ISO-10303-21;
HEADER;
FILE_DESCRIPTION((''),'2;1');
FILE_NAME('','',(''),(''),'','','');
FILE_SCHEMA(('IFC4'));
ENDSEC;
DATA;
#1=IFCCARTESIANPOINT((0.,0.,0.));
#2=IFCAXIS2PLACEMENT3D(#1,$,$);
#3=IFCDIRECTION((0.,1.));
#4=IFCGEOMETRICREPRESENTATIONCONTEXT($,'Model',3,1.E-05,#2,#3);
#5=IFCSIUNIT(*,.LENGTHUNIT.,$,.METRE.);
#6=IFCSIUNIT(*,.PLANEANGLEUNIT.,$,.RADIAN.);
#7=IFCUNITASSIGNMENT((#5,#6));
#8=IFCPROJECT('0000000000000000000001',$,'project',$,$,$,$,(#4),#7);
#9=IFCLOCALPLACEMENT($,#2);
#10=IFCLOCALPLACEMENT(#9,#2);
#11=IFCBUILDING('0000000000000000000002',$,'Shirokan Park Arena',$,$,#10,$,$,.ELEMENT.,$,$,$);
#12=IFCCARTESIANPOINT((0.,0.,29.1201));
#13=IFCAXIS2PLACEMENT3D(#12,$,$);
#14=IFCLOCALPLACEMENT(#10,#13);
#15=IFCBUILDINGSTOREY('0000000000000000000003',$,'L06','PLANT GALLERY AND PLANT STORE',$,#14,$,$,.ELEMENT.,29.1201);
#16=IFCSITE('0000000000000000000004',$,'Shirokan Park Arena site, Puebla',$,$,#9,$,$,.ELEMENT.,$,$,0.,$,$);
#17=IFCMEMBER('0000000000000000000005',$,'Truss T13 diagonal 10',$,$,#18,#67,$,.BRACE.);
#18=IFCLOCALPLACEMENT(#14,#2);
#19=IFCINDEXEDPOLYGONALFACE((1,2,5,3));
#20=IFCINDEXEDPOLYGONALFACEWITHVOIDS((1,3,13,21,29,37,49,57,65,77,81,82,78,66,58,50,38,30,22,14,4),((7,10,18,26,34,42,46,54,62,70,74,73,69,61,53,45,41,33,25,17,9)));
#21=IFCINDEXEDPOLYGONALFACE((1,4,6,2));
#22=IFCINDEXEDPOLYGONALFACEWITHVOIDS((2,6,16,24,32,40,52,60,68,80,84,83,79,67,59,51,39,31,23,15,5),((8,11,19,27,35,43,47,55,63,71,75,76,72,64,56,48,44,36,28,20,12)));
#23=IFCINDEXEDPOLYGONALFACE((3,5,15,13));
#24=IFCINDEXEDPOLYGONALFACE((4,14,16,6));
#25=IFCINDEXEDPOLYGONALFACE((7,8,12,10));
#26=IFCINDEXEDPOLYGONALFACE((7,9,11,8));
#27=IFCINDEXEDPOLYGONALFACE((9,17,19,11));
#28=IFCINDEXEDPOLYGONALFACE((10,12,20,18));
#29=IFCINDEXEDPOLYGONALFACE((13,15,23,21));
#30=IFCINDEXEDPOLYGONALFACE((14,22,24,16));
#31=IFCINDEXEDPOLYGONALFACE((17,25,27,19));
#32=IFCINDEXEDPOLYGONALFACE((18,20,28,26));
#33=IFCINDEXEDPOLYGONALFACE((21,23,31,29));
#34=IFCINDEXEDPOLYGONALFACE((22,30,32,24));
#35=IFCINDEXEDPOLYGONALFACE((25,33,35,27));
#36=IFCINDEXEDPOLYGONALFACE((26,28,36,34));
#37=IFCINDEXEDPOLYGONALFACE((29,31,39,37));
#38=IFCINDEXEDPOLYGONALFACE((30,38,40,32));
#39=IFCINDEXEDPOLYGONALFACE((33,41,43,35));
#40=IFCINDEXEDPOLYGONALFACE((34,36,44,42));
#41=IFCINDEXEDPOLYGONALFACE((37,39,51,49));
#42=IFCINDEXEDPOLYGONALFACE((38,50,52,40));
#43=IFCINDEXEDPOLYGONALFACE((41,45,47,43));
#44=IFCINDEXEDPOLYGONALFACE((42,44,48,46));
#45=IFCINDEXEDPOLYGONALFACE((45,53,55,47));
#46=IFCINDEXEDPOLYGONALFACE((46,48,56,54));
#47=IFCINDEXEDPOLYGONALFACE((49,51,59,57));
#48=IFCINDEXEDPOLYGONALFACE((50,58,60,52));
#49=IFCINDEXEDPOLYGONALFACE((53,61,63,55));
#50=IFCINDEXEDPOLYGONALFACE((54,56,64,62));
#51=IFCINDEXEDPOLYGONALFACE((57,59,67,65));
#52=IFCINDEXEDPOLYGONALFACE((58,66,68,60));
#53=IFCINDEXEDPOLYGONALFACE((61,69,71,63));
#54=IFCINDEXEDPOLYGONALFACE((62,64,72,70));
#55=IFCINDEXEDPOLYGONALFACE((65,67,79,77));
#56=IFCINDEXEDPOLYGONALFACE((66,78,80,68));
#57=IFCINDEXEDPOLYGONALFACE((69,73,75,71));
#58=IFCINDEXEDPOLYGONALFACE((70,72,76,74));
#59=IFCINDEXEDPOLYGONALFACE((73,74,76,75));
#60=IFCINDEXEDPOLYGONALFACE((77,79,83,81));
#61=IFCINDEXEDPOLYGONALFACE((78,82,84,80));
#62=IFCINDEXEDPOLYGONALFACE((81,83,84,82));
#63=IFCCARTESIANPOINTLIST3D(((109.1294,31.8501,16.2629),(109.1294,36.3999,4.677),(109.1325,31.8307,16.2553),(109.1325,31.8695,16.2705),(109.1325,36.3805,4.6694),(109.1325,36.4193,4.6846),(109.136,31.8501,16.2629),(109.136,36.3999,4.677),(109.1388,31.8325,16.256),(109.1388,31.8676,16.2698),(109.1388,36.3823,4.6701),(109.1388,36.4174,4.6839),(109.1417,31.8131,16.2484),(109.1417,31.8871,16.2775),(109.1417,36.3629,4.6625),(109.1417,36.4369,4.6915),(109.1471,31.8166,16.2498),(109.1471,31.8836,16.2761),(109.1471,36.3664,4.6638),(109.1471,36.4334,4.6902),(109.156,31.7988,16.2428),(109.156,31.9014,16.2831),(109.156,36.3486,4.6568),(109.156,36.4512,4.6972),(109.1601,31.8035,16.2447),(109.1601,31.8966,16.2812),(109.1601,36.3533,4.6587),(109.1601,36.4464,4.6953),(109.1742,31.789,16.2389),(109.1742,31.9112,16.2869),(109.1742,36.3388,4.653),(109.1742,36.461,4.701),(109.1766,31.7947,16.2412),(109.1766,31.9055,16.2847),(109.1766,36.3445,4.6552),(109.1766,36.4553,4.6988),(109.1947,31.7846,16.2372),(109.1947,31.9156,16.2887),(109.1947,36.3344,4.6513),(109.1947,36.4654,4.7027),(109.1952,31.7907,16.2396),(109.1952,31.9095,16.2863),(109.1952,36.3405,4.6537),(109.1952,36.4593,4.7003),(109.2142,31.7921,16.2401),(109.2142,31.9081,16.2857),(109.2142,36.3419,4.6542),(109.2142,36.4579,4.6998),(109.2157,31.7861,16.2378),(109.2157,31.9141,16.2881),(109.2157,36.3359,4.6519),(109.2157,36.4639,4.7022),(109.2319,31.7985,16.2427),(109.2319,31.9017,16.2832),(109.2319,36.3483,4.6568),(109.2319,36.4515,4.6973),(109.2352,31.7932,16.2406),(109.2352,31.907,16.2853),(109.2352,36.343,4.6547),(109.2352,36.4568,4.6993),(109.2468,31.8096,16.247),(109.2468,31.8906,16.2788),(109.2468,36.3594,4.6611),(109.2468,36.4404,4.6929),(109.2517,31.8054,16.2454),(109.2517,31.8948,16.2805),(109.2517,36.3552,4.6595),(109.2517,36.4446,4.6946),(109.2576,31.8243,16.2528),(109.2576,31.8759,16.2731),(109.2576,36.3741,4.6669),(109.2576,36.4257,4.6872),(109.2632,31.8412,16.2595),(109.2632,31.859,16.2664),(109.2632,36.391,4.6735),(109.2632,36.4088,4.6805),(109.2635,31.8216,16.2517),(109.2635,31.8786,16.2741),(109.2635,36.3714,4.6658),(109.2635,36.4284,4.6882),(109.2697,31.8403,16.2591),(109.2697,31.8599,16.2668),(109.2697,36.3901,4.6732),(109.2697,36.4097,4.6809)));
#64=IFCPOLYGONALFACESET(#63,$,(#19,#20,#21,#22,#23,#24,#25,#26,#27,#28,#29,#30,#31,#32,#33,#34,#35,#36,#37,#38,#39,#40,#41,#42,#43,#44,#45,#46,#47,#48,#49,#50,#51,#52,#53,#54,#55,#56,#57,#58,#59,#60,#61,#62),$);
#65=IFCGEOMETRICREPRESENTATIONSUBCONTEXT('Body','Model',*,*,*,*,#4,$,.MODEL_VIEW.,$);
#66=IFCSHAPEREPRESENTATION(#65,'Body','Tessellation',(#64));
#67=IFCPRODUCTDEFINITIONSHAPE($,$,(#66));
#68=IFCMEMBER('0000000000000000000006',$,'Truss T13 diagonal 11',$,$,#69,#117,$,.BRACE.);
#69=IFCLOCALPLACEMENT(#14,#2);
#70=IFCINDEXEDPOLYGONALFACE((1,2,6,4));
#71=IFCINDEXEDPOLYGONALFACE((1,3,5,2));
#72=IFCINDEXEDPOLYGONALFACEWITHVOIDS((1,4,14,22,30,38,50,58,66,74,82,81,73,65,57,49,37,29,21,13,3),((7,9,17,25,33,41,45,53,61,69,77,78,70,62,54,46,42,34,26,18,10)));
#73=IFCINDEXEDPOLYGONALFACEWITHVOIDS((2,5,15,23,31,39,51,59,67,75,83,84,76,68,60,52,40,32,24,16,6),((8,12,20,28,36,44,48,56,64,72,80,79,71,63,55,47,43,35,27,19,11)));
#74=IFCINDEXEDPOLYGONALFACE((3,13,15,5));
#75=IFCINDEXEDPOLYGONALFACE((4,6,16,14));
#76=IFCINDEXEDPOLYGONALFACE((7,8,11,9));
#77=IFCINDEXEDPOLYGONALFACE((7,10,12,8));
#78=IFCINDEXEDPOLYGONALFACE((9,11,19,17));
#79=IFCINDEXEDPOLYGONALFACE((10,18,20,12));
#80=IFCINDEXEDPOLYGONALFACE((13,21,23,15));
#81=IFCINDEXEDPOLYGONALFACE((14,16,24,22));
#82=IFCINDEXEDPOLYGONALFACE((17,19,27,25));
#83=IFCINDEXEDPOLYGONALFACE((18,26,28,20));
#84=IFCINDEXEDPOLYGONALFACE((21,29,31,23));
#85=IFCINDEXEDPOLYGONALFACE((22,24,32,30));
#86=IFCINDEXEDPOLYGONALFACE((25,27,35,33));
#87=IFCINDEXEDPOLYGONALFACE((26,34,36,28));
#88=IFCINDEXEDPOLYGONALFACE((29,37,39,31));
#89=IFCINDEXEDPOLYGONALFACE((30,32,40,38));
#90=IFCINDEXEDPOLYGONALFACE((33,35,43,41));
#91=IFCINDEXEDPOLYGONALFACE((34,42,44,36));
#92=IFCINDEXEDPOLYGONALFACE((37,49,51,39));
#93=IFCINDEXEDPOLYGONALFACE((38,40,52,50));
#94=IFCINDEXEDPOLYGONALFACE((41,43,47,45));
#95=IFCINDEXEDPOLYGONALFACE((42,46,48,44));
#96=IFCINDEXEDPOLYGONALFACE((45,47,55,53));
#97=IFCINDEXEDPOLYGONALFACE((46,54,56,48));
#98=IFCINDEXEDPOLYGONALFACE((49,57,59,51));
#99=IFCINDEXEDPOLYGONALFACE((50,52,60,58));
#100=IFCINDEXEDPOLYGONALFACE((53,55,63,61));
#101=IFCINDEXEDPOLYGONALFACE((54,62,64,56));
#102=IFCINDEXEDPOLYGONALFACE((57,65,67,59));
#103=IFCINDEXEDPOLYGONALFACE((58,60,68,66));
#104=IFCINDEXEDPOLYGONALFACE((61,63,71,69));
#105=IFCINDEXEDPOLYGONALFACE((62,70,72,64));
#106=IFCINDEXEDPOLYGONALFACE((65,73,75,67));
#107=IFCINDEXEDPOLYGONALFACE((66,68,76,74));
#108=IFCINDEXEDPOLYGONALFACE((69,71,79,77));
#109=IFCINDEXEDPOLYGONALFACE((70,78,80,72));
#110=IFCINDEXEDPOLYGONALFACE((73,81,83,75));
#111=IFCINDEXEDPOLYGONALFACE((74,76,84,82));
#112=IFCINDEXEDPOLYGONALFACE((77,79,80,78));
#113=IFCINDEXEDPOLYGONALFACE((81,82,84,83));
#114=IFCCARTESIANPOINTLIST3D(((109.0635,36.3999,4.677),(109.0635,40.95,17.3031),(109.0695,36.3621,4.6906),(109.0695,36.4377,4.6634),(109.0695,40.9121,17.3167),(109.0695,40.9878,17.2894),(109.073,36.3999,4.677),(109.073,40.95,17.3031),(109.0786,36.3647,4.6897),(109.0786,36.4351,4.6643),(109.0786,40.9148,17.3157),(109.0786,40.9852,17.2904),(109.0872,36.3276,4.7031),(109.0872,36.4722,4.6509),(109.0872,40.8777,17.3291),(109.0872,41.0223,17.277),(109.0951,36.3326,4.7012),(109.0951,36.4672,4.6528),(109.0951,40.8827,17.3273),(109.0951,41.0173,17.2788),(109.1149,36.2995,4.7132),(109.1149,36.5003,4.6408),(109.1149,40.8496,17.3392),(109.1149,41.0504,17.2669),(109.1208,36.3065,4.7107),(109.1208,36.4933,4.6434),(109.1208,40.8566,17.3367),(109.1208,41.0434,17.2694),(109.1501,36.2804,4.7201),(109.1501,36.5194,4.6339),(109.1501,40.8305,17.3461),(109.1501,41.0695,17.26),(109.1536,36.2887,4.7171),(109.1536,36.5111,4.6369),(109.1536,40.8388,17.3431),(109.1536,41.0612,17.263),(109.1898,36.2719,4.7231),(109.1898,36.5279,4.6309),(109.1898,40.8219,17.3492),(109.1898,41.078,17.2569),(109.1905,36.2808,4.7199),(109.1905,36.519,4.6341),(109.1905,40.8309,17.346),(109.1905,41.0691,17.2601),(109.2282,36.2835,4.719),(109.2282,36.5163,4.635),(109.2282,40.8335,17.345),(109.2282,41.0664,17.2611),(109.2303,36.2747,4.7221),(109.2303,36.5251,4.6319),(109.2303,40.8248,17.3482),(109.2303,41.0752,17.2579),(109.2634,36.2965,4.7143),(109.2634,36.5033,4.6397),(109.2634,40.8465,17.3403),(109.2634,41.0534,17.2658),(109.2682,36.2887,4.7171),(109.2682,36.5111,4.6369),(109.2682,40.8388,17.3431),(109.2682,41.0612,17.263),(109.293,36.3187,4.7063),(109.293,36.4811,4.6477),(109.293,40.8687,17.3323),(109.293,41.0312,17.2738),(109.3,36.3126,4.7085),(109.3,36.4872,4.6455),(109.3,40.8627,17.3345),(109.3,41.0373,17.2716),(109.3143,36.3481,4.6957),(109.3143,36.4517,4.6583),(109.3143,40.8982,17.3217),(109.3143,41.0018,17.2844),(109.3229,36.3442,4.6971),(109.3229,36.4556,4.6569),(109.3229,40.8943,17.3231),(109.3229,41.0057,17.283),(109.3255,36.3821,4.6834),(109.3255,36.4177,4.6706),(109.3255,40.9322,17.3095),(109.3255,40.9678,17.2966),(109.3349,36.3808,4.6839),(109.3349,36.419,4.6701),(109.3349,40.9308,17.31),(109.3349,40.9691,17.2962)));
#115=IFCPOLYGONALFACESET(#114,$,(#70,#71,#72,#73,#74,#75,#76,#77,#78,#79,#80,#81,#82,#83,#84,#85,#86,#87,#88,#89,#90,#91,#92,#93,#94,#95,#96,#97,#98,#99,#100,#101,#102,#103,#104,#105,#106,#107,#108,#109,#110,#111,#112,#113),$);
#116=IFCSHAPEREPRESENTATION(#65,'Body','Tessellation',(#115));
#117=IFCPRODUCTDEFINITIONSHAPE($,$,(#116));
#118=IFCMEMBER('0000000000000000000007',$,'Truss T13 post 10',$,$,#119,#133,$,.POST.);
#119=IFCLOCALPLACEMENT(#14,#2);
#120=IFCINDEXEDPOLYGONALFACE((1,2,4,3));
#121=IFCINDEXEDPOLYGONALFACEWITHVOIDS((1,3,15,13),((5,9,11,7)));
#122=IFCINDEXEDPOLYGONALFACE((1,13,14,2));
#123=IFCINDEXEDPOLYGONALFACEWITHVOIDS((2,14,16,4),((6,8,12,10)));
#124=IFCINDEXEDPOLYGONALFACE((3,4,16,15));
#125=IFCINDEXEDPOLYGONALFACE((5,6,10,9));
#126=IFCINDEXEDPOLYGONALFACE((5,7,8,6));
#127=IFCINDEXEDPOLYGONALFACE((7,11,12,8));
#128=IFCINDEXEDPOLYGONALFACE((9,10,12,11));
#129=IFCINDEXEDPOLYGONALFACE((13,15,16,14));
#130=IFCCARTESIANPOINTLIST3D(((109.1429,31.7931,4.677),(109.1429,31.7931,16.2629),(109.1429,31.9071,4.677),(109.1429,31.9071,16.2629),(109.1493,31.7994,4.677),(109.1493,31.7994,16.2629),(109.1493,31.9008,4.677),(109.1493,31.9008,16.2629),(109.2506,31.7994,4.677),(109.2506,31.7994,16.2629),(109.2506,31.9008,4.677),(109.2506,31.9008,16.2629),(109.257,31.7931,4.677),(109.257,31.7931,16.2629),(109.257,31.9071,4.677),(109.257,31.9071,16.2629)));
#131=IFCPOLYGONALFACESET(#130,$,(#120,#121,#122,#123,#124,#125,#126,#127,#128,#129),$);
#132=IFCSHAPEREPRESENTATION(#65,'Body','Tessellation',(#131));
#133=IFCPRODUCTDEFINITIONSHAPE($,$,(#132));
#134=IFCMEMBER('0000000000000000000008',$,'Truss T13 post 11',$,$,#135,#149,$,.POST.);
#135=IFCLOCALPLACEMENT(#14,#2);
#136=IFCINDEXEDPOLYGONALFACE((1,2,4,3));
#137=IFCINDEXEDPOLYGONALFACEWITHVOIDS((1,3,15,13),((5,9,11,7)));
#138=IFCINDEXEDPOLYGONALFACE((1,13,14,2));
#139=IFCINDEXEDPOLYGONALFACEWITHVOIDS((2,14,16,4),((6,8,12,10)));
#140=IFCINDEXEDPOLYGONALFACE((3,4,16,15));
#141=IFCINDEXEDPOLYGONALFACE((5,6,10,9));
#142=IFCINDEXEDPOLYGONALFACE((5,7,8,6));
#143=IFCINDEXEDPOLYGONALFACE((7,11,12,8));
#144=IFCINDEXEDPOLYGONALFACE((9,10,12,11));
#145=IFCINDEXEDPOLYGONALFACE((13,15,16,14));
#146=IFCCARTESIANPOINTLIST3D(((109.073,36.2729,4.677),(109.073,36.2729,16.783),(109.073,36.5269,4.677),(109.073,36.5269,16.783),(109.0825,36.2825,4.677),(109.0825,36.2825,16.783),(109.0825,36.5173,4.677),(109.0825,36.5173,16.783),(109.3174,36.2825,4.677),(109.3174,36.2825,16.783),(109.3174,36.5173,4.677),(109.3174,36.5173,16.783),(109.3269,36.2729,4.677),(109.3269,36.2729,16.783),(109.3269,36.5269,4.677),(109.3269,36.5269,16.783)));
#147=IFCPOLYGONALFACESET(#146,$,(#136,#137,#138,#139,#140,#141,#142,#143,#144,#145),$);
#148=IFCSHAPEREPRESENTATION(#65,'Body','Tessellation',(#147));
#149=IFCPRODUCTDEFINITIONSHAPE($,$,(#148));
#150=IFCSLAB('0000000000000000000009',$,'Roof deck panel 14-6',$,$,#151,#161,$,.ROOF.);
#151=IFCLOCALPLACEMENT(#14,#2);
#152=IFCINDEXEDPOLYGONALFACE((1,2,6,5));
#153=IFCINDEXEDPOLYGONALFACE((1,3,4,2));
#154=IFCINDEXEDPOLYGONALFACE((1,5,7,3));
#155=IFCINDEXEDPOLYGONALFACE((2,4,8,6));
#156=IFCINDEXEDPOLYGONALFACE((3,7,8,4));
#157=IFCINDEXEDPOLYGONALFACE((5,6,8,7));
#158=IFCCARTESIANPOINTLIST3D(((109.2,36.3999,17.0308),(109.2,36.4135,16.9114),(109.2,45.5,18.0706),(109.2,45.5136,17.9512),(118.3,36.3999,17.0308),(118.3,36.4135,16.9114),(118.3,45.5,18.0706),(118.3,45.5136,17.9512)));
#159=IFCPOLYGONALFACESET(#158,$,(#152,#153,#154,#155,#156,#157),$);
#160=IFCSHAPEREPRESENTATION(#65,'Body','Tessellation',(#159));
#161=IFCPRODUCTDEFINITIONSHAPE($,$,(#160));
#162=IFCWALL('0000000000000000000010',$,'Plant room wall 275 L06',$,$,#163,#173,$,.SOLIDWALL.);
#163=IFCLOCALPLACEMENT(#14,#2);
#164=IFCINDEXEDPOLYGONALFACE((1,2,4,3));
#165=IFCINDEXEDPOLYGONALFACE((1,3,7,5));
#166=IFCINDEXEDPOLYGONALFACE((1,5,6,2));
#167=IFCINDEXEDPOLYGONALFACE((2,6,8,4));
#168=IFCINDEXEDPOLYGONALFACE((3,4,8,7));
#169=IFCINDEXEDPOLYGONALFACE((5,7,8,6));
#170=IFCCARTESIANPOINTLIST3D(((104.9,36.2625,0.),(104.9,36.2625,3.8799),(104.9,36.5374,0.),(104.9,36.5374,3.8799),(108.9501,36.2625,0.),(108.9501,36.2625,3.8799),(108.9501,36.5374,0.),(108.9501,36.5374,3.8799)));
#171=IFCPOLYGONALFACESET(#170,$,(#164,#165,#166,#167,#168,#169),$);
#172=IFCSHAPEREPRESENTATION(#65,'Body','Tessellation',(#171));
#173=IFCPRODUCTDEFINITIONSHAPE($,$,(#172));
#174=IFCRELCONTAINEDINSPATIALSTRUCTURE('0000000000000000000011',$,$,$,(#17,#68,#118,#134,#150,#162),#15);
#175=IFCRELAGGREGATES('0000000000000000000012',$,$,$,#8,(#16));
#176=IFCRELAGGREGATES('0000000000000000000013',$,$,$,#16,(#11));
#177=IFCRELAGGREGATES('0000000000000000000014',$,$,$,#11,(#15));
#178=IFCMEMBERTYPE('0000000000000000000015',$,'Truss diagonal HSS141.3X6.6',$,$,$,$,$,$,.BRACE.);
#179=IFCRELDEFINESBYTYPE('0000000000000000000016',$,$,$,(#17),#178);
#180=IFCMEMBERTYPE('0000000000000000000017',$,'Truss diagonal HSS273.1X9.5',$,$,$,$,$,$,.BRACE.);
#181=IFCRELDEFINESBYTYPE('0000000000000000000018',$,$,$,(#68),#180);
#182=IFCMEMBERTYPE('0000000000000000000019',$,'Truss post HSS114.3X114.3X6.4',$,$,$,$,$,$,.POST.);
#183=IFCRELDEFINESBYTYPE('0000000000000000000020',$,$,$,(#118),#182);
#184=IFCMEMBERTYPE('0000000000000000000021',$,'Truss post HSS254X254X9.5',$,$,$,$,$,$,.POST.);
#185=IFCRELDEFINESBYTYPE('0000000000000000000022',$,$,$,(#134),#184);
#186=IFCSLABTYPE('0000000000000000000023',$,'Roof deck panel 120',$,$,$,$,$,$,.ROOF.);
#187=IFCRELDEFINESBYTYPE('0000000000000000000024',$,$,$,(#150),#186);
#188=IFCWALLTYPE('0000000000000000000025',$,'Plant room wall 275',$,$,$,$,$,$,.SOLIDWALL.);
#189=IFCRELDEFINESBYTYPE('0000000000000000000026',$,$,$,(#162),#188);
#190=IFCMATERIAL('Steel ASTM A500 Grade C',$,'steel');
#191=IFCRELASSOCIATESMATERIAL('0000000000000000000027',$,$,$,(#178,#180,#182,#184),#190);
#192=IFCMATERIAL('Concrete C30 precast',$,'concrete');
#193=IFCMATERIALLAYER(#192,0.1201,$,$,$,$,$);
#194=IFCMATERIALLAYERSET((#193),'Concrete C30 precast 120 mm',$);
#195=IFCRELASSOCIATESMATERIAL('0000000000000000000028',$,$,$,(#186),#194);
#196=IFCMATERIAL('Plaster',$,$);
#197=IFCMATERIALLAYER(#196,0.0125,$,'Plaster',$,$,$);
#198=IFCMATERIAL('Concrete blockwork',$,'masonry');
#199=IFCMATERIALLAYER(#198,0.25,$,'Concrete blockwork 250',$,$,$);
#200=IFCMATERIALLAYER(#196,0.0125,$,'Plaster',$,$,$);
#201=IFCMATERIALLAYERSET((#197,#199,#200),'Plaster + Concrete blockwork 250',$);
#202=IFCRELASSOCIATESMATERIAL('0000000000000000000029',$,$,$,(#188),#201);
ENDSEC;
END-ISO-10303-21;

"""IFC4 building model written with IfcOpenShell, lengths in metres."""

from ifc_helpers import new_model, si_unit, direction, frame, frame_2d, origin, origin_2d, place, context, subcontext, project, spatial, polyline, rectangle, hollow_rectangle, hollow_circle, outline, extrude, material, layer, layer_set, material_profile, profile_set, type_object, element, save


model = new_model("IFC4")

# Units and contexts
model_context = context("Model", 3, precision=1e-05, world=origin(), true_north=direction((0.0, 1.0)))
body_context = subcontext(model_context, "Body", "Model", "MODEL_VIEW")
ifc_project = project(units=[si_unit("LENGTHUNIT", "METRE"), si_unit("PLANEANGLEUNIT", "RADIAN")], contexts=[model_context])

# Site, building, storey
site_placement = place(None, origin())
site = spatial("IfcSite", under=ifc_project, at=site_placement, Name="Shirokan Park Arena site, Puebla", CompositionType="ELEMENT", RefElevation=0.0)
building_placement = place(site_placement, origin())
building = spatial("IfcBuilding", under=site, at=building_placement, Name="Shirokan Park Arena", CompositionType="ELEMENT")
storey_placement = place(building_placement, frame((0.0, 0.0, 29.1201)))
storey = spatial("IfcBuildingStorey", under=building, at=storey_placement, Name="L06", Description="PLANT GALLERY AND PLANT STORE", CompositionType="ELEMENT", Elevation=29.1201)

# Shared definitions
ifc_material_1 = material(Name="Steel ASTM A500 Grade C", Category="steel")

# Members
ifc_material_profile_1 = material_profile(ifc_material_1, hollow_circle(Radius=0.0706, WallThickness=0.0066, at=origin_2d()), Name="HSS141.3X6.6")
ifc_profile_set_1 = profile_set([ifc_material_profile_1], Name="Steel ASTM A500 Grade C")
member_type_1 = type_object("IfcMemberType", Name="Truss diagonal HSS141.3X6.6", PredefinedType="BRACE", material=ifc_profile_set_1)
member_1_placement = place(storey_placement, frame((109.2, 31.8501, 16.2629), z_axis=(0.0, 0.365526, -0.930801), x_axis=(-1.0, 0.0, 0.0)))
element("IfcMember", 1, at=member_1_placement, inside=storey, type_object=member_type_1, Name="Truss T13 diagonal 10", PredefinedType="BRACE", context=body_context, shape_type="SweptSolid", body=[
    extrude(hollow_circle(Radius=0.0706, WallThickness=0.0066, at=origin_2d()), origin(), (0.0, 0.0, 1.0), 12.4473),
])
ifc_material_profile_2 = material_profile(ifc_material_1, hollow_circle(Radius=0.1365, WallThickness=0.0095, at=origin_2d()), Name="HSS273.1X9.5")
ifc_profile_set_2 = profile_set([ifc_material_profile_2], Name="Steel ASTM A500 Grade C")
member_type_2 = type_object("IfcMemberType", Name="Truss diagonal HSS273.1X9.5", PredefinedType="BRACE", material=ifc_profile_set_2)
member_2_placement = place(storey_placement, frame((109.2, 36.3999, 4.677), z_axis=(0.0, 0.339029, 0.940776), x_axis=(-1.0, 0.0, 0.0)))
element("IfcMember", 2, at=member_2_placement, inside=storey, type_object=member_type_2, Name="Truss T13 diagonal 11", PredefinedType="BRACE", context=body_context, shape_type="SweptSolid", body=[
    extrude(hollow_circle(Radius=0.1365, WallThickness=0.0095, at=origin_2d()), origin(), (0.0, 0.0, 1.0), 13.4209),
])
ifc_material_profile_3 = material_profile(ifc_material_1, hollow_rectangle(XDim=0.114, YDim=0.114, WallThickness=0.0063, at=origin_2d()), Name="HSS114.3X114.3X6.4")
ifc_profile_set_3 = profile_set([ifc_material_profile_3], Name="Steel ASTM A500 Grade C")
member_type_3 = type_object("IfcMemberType", Name="Truss post HSS114.3X114.3X6.4", PredefinedType="POST", material=ifc_profile_set_3)
member_3_placement = place(storey_placement, frame((109.2, 31.8501, 4.677), z_axis=(0.0, 0.0, 1.0), x_axis=(1.0, 0.0, 0.0)))
element("IfcMember", 3, at=member_3_placement, inside=storey, type_object=member_type_3, Name="Truss T13 post 10", PredefinedType="POST", context=body_context, shape_type="SweptSolid", body=[
    extrude(hollow_rectangle(XDim=0.114, YDim=0.114, WallThickness=0.0063, at=origin_2d()), origin(), (0.0, 0.0, 1.0), 11.5859),
])
ifc_material_profile_4 = material_profile(ifc_material_1, hollow_rectangle(XDim=0.2539, YDim=0.2539, WallThickness=0.0095, at=origin_2d()), Name="HSS254X254X9.5")
ifc_profile_set_4 = profile_set([ifc_material_profile_4], Name="Steel ASTM A500 Grade C")
member_type_4 = type_object("IfcMemberType", Name="Truss post HSS254X254X9.5", PredefinedType="POST", material=ifc_profile_set_4)
member_4_placement = place(storey_placement, frame((109.2, 36.3999, 4.677), z_axis=(0.0, 0.0, 1.0), x_axis=(1.0, 0.0, 0.0)))
element("IfcMember", 4, at=member_4_placement, inside=storey, type_object=member_type_4, Name="Truss T13 post 11", PredefinedType="POST", context=body_context, shape_type="SweptSolid", body=[
    extrude(hollow_rectangle(XDim=0.2539, YDim=0.2539, WallThickness=0.0095, at=origin_2d()), origin(), (0.0, 0.0, 1.0), 12.106),
])

# Slab
ifc_material_2 = material(Name="Concrete C30 precast", Category="concrete")
ifc_layer_1 = layer(ifc_material_2, 0.1201)
ifc_layer_set_1 = layer_set([ifc_layer_1], Name="Concrete C30 precast 120 mm")
slab_type = type_object("IfcSlabType", Name="Roof deck panel 120", PredefinedType="ROOF", material=ifc_layer_set_1)
slab_placement = place(storey_placement, frame((109.2, 36.3999, 17.0308), z_axis=(0.0, -0.113523, 0.993535), x_axis=(1.0, 0.0, 0.0)))
element("IfcSlab", 5, at=slab_placement, inside=storey, type_object=slab_type, Name="Roof deck panel 14-6", PredefinedType="ROOF", context=body_context, shape_type="SweptSolid", body=[
    extrude(outline(polyline([(0.0, 0.0), (9.1001, 0.0), (9.1001, 9.1593), (0.0, 9.1593), (0.0, 0.0)])), origin(), (0.0, 0.0, -1.0), 0.1201),
])

# Wall
ifc_material_3 = material(Name="Plaster")
ifc_layer_2 = layer(ifc_material_3, 0.0125, Name="Plaster")
ifc_material_4 = material(Name="Concrete blockwork", Category="masonry")
ifc_layer_3 = layer(ifc_material_4, 0.25, Name="Concrete blockwork 250")
ifc_layer_4 = layer(ifc_material_3, 0.0125, Name="Plaster")
ifc_layer_set_2 = layer_set([ifc_layer_2, ifc_layer_3, ifc_layer_4], Name="Plaster + Concrete blockwork 250")
wall_type_1 = type_object("IfcWallType", Name="Plant room wall 275", PredefinedType="SOLIDWALL", material=ifc_layer_set_2)
wall_1_placement = place(storey_placement, frame((108.95, 36.3999, 0.0), z_axis=(0.0, 0.0, 1.0), x_axis=(-1.0, 0.0, 0.0)))
element("IfcWall", 6, at=wall_1_placement, inside=storey, type_object=wall_type_1, Name="Plant room wall 275 L06", PredefinedType="SOLIDWALL", context=body_context, shape_type="SweptSolid", body=[
    extrude(rectangle(XDim=4.05, YDim=0.2749, at=frame_2d((2.0249, 0.0))), origin(), (0.0, 0.0, 1.0), 3.8799),
])

save(model, "model.ifc")
